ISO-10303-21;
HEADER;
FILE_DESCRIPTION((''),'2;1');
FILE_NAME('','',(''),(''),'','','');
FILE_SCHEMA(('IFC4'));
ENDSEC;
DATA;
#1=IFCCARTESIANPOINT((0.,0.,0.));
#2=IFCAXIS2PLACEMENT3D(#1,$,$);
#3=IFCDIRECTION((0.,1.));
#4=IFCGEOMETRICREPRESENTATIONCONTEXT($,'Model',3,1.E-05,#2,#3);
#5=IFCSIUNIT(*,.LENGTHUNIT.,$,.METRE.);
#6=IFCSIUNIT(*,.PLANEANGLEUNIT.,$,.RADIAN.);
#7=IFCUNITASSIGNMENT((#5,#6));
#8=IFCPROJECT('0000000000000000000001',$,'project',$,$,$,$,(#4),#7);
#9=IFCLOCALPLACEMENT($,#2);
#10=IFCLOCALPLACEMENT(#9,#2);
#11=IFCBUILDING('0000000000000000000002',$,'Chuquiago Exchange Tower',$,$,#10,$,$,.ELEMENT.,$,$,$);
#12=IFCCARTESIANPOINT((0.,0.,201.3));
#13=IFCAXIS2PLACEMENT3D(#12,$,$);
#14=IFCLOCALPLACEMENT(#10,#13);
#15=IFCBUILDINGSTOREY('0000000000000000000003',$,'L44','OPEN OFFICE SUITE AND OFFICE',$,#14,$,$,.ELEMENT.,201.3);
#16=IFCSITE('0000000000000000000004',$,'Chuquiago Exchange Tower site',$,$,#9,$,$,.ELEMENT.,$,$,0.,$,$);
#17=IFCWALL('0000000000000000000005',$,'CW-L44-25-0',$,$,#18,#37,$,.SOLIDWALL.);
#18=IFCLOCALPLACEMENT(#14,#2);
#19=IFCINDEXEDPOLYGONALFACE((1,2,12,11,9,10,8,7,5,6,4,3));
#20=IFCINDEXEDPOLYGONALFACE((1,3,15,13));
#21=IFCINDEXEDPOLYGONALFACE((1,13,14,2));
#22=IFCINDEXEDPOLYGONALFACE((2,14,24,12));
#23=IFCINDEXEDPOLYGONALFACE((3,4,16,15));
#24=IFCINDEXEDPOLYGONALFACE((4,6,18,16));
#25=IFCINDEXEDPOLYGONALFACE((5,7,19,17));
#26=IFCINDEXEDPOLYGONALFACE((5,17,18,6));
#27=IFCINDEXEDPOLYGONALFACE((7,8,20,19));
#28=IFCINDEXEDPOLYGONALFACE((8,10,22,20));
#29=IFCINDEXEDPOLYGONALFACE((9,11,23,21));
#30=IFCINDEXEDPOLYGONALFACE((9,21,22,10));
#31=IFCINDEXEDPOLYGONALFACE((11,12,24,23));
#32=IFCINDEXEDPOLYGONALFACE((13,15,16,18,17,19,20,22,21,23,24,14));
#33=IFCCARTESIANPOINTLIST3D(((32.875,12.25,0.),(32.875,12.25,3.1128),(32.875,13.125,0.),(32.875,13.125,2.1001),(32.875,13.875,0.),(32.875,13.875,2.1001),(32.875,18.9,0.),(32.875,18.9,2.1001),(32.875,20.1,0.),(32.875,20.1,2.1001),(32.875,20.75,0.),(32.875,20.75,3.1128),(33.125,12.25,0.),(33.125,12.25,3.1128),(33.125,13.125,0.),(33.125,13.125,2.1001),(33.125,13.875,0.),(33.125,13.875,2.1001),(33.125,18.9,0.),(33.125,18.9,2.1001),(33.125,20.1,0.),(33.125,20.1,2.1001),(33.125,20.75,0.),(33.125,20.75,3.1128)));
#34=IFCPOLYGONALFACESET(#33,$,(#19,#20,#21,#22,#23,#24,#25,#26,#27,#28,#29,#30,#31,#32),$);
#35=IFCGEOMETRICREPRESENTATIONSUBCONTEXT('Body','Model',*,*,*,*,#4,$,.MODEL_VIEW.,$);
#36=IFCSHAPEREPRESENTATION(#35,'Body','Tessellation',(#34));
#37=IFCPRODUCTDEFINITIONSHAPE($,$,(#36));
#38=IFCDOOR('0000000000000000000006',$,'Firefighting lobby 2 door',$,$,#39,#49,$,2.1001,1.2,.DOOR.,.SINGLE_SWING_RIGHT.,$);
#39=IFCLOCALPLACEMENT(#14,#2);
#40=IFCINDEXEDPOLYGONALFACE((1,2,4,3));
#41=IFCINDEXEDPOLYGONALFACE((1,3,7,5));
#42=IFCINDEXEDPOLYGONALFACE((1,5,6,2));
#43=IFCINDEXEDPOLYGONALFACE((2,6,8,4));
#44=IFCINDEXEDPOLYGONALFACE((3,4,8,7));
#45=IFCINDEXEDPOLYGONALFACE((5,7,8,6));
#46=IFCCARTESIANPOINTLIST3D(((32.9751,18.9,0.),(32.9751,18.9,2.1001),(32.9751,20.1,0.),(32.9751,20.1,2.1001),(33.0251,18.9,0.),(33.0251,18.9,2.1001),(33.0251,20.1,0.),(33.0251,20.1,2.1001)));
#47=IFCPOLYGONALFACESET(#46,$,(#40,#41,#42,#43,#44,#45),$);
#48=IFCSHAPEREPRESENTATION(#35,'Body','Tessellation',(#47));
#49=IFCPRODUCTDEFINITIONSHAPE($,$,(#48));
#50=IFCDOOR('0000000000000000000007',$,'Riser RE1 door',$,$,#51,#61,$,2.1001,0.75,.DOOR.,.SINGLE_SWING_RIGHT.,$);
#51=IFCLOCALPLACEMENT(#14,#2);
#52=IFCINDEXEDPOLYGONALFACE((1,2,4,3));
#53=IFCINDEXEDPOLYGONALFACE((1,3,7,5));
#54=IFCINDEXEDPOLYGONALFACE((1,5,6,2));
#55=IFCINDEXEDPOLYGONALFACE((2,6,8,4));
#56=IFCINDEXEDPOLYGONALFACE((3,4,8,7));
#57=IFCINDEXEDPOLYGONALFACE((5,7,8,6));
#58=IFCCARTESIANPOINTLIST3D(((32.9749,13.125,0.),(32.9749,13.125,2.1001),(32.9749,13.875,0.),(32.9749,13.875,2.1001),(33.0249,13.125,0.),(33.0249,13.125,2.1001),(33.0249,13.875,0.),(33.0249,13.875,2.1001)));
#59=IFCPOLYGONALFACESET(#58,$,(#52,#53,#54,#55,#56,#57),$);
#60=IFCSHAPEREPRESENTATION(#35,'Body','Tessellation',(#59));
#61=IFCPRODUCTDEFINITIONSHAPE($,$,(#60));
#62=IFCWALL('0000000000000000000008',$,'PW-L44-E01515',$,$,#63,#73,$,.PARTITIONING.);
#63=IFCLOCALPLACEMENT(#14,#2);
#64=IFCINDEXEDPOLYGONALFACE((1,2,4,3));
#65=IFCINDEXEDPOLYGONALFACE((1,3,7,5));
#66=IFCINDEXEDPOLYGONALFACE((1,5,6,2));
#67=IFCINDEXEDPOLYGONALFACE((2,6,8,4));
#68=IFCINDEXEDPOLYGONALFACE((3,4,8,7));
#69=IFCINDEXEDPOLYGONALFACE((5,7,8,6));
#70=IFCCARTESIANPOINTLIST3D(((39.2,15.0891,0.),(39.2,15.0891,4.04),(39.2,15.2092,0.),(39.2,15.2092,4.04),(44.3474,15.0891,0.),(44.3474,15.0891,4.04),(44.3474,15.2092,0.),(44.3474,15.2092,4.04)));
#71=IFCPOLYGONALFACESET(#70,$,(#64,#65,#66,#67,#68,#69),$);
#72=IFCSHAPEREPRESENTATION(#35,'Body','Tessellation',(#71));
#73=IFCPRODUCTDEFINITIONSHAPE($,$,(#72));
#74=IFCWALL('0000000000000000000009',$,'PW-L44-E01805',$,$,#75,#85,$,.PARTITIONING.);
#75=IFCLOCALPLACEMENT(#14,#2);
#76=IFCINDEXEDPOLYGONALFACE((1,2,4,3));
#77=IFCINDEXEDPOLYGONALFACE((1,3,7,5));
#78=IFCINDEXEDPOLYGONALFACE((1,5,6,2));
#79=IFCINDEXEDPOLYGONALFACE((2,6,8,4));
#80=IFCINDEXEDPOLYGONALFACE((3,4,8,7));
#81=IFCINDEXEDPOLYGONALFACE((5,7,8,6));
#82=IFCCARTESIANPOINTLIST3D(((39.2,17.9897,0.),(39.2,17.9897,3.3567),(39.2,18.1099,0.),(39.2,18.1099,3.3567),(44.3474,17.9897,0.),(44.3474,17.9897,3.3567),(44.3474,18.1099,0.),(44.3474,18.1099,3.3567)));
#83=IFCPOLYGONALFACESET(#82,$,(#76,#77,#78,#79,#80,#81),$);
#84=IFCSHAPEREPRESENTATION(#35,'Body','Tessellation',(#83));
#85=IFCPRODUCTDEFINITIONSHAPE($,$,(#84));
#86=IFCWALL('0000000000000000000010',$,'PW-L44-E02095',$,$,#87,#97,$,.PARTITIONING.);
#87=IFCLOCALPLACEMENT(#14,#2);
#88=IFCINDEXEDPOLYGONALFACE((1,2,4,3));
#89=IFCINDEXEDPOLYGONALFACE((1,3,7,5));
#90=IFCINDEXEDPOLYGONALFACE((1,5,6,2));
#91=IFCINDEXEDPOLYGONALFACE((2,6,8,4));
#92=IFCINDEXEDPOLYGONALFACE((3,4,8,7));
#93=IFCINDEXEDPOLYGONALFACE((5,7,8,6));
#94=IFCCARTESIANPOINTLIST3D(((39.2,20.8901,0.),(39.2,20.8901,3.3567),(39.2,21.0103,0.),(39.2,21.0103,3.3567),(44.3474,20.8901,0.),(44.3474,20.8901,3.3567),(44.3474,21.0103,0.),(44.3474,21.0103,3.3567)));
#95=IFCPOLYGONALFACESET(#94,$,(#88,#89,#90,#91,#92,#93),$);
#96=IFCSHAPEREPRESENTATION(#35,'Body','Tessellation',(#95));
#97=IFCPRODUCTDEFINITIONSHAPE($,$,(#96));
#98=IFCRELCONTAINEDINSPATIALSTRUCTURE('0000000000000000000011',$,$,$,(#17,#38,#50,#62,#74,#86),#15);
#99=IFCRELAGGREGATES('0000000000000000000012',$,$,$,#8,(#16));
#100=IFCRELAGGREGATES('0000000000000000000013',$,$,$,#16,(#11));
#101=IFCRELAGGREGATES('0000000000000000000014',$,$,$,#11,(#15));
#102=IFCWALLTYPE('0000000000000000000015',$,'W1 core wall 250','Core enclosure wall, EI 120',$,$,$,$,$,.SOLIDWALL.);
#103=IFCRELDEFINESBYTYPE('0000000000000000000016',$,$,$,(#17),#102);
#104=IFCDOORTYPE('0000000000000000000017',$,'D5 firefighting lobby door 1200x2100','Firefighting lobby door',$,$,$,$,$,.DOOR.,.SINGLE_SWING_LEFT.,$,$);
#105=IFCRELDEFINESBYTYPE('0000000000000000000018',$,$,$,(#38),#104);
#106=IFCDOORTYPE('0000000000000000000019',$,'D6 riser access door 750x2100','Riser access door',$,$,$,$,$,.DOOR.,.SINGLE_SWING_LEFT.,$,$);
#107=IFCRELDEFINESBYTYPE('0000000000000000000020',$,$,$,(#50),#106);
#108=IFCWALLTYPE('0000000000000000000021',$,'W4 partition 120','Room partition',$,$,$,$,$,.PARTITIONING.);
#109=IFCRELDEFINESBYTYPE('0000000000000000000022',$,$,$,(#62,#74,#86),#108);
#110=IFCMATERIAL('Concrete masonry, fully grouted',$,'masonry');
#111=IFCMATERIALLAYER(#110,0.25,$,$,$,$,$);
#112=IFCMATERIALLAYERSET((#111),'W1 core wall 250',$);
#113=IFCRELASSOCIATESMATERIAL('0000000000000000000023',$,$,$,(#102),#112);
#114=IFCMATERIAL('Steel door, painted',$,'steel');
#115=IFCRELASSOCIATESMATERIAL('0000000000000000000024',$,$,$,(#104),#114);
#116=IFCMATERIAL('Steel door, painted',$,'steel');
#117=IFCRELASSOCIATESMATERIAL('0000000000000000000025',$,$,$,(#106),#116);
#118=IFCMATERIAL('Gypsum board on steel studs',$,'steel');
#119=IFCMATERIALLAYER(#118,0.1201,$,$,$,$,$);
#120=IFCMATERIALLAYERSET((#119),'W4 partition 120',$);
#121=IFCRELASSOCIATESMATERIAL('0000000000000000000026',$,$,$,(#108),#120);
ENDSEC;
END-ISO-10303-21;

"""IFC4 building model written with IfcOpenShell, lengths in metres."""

from ifc_helpers import new_model, si_unit, direction, frame, frame_2d, origin, place, context, subcontext, project, spatial, rectangle, extrude, material, layer, layer_set, type_object, element, fill, save


model = new_model("IFC4")

# Units and contexts
model_context = context("Model", 3, precision=1e-05, world=origin(), true_north=direction((0.0, 1.0)))
body_context = subcontext(model_context, "Body", "Model", "MODEL_VIEW")
ifc_project = project(units=[si_unit("LENGTHUNIT", "METRE"), si_unit("PLANEANGLEUNIT", "RADIAN")], contexts=[model_context])

# Site, building, storey
site_placement = place(None, origin())
site = spatial("IfcSite", under=ifc_project, at=site_placement, Name="Chuquiago Exchange Tower site", CompositionType="ELEMENT", RefElevation=0.0)
building_placement = place(site_placement, origin())
building = spatial("IfcBuilding", under=site, at=building_placement, Name="Chuquiago Exchange Tower", CompositionType="ELEMENT")
storey_placement = place(building_placement, frame((0.0, 0.0, 201.3)))
storey = spatial("IfcBuildingStorey", under=building, at=storey_placement, Name="L44", Description="OPEN OFFICE SUITE AND OFFICE", CompositionType="ELEMENT", Elevation=201.3)

# Wall, openings, doors
ifc_material_1 = material(Name="Concrete masonry, fully grouted", Category="masonry")
ifc_layer_1 = layer(ifc_material_1, 0.25)
ifc_layer_set_1 = layer_set([ifc_layer_1], Name="W1 core wall 250")
wall_type_1 = type_object("IfcWallType", Name="W1 core wall 250", Description="Core enclosure wall, EI 120", PredefinedType="SOLIDWALL", material=ifc_layer_set_1)
wall_1_placement = place(storey_placement, frame((33.0, 12.25, 0.0), z_axis=(0.0, 0.0, 1.0), x_axis=(0.0, 1.0, 0.0)))
wall_1 = element("IfcWall", 1, at=wall_1_placement, inside=storey, type_object=wall_type_1, Name="CW-L44-25-0", PredefinedType="SOLIDWALL", context=body_context, shape_type="SweptSolid", body=[
    extrude(rectangle(XDim=8.5, YDim=0.25, at=frame_2d((4.25, 0.0))), origin(), (0.0, 0.0, 1.0), 3.1128),
])
opening_1_placement = place(wall_1_placement, frame((6.6499, 0.0, 0.0)))
opening_1 = element("IfcOpeningElement", 2, at=opening_1_placement, cuts=wall_1, PredefinedType="OPENING", context=body_context, shape_type="SweptSolid", body=[
    extrude(rectangle(XDim=1.2, YDim=2.1001, at=frame_2d((0.6001, 1.05))), frame((0.0, 0.135, 0.0), z_axis=(0.0, -1.0, 0.0), x_axis=(1.0, 0.0, 0.0)), (0.0, 0.0, 1.0), 0.27),
])
opening_2_placement = place(wall_1_placement, frame((0.875, 0.0, 0.0)))
opening_2 = element("IfcOpeningElement", 3, at=opening_2_placement, cuts=wall_1, PredefinedType="OPENING", context=body_context, shape_type="SweptSolid", body=[
    extrude(rectangle(XDim=0.75, YDim=2.1001, at=frame_2d((0.375, 1.05))), frame((0.0, 0.135, 0.0), z_axis=(0.0, -1.0, 0.0), x_axis=(1.0, 0.0, 0.0)), (0.0, 0.0, 1.0), 0.27),
])
ifc_material_2 = material(Name="Steel door, painted", Category="steel")
door_type_1 = type_object("IfcDoorType", Name="D5 firefighting lobby door 1200x2100", Description="Firefighting lobby door", OperationType="SINGLE_SWING_LEFT", PredefinedType="DOOR", material=ifc_material_2)
door_1_placement = place(opening_1_placement, origin())
door_1 = element("IfcDoor", 4, at=door_1_placement, inside=storey, type_object=door_type_1, Name="Firefighting lobby 2 door", OperationType="SINGLE_SWING_RIGHT", OverallHeight=2.1001, OverallWidth=1.2, PredefinedType="DOOR", context=body_context, shape_type="SweptSolid", body=[
    extrude(rectangle(XDim=1.2, YDim=2.1001, at=frame_2d((0.6001, 1.05))), frame((0.0, 0.0249, 0.0), z_axis=(0.0, -1.0, 0.0), x_axis=(1.0, 0.0, 0.0)), (0.0, 0.0, 1.0), 0.05),
])
fill(opening_1, door_1)
ifc_material_3 = material(Name="Steel door, painted", Category="steel")
door_type_2 = type_object("IfcDoorType", Name="D6 riser access door 750x2100", Description="Riser access door", OperationType="SINGLE_SWING_LEFT", PredefinedType="DOOR", material=ifc_material_3)
door_2_placement = place(opening_2_placement, frame((0.75, 0.0, 0.0), z_axis=(0.0, 0.0, 1.0), x_axis=(-1.0, 0.0, 0.0)))
door_2 = element("IfcDoor", 5, at=door_2_placement, inside=storey, type_object=door_type_2, Name="Riser RE1 door", OperationType="SINGLE_SWING_RIGHT", OverallHeight=2.1001, OverallWidth=0.75, PredefinedType="DOOR", context=body_context, shape_type="SweptSolid", body=[
    extrude(rectangle(XDim=0.75, YDim=2.1001, at=frame_2d((0.375, 1.05))), frame((0.0, 0.0249, 0.0), z_axis=(0.0, -1.0, 0.0), x_axis=(1.0, 0.0, 0.0)), (0.0, 0.0, 1.0), 0.05),
])
fill(opening_2, door_2)

# Walls
ifc_material_4 = material(Name="Gypsum board on steel studs", Category="steel")
ifc_layer_2 = layer(ifc_material_4, 0.1201)
ifc_layer_set_2 = layer_set([ifc_layer_2], Name="W4 partition 120")
wall_type_2 = type_object("IfcWallType", Name="W4 partition 120", Description="Room partition", PredefinedType="PARTITIONING", material=ifc_layer_set_2)
wall_2_placement = place(storey_placement, frame((44.3474, 15.1492, 0.0), z_axis=(0.0, 0.0, 1.0), x_axis=(-1.0, 0.0, 0.0)))
element("IfcWall", 6, at=wall_2_placement, inside=storey, type_object=wall_type_2, Name="PW-L44-E01515", PredefinedType="PARTITIONING", context=body_context, shape_type="SweptSolid", body=[
    extrude(rectangle(XDim=5.1475, YDim=0.1201, at=frame_2d((2.5737, 0.0))), origin(), (0.0, 0.0, 1.0), 4.04),
])
for number, where, z_axis, x_axis, name in (
    (7, (44.3474, 18.0498, 0.0), (0.0, 0.0, 1.0), (-1.0, 0.0, 0.0), "PW-L44-E01805"),
    (8, (44.3474, 20.9502, 0.0), (0.0, 0.0, 1.0), (-1.0, 0.0, 0.0), "PW-L44-E02095"),
):
    element("IfcWall", number, at=place(storey_placement, frame(where, z_axis=z_axis, x_axis=x_axis)), inside=storey, type_object=wall_type_2, Name=name, PredefinedType="PARTITIONING", context=body_context, shape_type="SweptSolid", body=[
        extrude(rectangle(XDim=5.1475, YDim=0.1201, at=frame_2d((2.5737, 0.0))), origin(), (0.0, 0.0, 1.0), 3.3567),
    ])

save(model, "model.ifc")
